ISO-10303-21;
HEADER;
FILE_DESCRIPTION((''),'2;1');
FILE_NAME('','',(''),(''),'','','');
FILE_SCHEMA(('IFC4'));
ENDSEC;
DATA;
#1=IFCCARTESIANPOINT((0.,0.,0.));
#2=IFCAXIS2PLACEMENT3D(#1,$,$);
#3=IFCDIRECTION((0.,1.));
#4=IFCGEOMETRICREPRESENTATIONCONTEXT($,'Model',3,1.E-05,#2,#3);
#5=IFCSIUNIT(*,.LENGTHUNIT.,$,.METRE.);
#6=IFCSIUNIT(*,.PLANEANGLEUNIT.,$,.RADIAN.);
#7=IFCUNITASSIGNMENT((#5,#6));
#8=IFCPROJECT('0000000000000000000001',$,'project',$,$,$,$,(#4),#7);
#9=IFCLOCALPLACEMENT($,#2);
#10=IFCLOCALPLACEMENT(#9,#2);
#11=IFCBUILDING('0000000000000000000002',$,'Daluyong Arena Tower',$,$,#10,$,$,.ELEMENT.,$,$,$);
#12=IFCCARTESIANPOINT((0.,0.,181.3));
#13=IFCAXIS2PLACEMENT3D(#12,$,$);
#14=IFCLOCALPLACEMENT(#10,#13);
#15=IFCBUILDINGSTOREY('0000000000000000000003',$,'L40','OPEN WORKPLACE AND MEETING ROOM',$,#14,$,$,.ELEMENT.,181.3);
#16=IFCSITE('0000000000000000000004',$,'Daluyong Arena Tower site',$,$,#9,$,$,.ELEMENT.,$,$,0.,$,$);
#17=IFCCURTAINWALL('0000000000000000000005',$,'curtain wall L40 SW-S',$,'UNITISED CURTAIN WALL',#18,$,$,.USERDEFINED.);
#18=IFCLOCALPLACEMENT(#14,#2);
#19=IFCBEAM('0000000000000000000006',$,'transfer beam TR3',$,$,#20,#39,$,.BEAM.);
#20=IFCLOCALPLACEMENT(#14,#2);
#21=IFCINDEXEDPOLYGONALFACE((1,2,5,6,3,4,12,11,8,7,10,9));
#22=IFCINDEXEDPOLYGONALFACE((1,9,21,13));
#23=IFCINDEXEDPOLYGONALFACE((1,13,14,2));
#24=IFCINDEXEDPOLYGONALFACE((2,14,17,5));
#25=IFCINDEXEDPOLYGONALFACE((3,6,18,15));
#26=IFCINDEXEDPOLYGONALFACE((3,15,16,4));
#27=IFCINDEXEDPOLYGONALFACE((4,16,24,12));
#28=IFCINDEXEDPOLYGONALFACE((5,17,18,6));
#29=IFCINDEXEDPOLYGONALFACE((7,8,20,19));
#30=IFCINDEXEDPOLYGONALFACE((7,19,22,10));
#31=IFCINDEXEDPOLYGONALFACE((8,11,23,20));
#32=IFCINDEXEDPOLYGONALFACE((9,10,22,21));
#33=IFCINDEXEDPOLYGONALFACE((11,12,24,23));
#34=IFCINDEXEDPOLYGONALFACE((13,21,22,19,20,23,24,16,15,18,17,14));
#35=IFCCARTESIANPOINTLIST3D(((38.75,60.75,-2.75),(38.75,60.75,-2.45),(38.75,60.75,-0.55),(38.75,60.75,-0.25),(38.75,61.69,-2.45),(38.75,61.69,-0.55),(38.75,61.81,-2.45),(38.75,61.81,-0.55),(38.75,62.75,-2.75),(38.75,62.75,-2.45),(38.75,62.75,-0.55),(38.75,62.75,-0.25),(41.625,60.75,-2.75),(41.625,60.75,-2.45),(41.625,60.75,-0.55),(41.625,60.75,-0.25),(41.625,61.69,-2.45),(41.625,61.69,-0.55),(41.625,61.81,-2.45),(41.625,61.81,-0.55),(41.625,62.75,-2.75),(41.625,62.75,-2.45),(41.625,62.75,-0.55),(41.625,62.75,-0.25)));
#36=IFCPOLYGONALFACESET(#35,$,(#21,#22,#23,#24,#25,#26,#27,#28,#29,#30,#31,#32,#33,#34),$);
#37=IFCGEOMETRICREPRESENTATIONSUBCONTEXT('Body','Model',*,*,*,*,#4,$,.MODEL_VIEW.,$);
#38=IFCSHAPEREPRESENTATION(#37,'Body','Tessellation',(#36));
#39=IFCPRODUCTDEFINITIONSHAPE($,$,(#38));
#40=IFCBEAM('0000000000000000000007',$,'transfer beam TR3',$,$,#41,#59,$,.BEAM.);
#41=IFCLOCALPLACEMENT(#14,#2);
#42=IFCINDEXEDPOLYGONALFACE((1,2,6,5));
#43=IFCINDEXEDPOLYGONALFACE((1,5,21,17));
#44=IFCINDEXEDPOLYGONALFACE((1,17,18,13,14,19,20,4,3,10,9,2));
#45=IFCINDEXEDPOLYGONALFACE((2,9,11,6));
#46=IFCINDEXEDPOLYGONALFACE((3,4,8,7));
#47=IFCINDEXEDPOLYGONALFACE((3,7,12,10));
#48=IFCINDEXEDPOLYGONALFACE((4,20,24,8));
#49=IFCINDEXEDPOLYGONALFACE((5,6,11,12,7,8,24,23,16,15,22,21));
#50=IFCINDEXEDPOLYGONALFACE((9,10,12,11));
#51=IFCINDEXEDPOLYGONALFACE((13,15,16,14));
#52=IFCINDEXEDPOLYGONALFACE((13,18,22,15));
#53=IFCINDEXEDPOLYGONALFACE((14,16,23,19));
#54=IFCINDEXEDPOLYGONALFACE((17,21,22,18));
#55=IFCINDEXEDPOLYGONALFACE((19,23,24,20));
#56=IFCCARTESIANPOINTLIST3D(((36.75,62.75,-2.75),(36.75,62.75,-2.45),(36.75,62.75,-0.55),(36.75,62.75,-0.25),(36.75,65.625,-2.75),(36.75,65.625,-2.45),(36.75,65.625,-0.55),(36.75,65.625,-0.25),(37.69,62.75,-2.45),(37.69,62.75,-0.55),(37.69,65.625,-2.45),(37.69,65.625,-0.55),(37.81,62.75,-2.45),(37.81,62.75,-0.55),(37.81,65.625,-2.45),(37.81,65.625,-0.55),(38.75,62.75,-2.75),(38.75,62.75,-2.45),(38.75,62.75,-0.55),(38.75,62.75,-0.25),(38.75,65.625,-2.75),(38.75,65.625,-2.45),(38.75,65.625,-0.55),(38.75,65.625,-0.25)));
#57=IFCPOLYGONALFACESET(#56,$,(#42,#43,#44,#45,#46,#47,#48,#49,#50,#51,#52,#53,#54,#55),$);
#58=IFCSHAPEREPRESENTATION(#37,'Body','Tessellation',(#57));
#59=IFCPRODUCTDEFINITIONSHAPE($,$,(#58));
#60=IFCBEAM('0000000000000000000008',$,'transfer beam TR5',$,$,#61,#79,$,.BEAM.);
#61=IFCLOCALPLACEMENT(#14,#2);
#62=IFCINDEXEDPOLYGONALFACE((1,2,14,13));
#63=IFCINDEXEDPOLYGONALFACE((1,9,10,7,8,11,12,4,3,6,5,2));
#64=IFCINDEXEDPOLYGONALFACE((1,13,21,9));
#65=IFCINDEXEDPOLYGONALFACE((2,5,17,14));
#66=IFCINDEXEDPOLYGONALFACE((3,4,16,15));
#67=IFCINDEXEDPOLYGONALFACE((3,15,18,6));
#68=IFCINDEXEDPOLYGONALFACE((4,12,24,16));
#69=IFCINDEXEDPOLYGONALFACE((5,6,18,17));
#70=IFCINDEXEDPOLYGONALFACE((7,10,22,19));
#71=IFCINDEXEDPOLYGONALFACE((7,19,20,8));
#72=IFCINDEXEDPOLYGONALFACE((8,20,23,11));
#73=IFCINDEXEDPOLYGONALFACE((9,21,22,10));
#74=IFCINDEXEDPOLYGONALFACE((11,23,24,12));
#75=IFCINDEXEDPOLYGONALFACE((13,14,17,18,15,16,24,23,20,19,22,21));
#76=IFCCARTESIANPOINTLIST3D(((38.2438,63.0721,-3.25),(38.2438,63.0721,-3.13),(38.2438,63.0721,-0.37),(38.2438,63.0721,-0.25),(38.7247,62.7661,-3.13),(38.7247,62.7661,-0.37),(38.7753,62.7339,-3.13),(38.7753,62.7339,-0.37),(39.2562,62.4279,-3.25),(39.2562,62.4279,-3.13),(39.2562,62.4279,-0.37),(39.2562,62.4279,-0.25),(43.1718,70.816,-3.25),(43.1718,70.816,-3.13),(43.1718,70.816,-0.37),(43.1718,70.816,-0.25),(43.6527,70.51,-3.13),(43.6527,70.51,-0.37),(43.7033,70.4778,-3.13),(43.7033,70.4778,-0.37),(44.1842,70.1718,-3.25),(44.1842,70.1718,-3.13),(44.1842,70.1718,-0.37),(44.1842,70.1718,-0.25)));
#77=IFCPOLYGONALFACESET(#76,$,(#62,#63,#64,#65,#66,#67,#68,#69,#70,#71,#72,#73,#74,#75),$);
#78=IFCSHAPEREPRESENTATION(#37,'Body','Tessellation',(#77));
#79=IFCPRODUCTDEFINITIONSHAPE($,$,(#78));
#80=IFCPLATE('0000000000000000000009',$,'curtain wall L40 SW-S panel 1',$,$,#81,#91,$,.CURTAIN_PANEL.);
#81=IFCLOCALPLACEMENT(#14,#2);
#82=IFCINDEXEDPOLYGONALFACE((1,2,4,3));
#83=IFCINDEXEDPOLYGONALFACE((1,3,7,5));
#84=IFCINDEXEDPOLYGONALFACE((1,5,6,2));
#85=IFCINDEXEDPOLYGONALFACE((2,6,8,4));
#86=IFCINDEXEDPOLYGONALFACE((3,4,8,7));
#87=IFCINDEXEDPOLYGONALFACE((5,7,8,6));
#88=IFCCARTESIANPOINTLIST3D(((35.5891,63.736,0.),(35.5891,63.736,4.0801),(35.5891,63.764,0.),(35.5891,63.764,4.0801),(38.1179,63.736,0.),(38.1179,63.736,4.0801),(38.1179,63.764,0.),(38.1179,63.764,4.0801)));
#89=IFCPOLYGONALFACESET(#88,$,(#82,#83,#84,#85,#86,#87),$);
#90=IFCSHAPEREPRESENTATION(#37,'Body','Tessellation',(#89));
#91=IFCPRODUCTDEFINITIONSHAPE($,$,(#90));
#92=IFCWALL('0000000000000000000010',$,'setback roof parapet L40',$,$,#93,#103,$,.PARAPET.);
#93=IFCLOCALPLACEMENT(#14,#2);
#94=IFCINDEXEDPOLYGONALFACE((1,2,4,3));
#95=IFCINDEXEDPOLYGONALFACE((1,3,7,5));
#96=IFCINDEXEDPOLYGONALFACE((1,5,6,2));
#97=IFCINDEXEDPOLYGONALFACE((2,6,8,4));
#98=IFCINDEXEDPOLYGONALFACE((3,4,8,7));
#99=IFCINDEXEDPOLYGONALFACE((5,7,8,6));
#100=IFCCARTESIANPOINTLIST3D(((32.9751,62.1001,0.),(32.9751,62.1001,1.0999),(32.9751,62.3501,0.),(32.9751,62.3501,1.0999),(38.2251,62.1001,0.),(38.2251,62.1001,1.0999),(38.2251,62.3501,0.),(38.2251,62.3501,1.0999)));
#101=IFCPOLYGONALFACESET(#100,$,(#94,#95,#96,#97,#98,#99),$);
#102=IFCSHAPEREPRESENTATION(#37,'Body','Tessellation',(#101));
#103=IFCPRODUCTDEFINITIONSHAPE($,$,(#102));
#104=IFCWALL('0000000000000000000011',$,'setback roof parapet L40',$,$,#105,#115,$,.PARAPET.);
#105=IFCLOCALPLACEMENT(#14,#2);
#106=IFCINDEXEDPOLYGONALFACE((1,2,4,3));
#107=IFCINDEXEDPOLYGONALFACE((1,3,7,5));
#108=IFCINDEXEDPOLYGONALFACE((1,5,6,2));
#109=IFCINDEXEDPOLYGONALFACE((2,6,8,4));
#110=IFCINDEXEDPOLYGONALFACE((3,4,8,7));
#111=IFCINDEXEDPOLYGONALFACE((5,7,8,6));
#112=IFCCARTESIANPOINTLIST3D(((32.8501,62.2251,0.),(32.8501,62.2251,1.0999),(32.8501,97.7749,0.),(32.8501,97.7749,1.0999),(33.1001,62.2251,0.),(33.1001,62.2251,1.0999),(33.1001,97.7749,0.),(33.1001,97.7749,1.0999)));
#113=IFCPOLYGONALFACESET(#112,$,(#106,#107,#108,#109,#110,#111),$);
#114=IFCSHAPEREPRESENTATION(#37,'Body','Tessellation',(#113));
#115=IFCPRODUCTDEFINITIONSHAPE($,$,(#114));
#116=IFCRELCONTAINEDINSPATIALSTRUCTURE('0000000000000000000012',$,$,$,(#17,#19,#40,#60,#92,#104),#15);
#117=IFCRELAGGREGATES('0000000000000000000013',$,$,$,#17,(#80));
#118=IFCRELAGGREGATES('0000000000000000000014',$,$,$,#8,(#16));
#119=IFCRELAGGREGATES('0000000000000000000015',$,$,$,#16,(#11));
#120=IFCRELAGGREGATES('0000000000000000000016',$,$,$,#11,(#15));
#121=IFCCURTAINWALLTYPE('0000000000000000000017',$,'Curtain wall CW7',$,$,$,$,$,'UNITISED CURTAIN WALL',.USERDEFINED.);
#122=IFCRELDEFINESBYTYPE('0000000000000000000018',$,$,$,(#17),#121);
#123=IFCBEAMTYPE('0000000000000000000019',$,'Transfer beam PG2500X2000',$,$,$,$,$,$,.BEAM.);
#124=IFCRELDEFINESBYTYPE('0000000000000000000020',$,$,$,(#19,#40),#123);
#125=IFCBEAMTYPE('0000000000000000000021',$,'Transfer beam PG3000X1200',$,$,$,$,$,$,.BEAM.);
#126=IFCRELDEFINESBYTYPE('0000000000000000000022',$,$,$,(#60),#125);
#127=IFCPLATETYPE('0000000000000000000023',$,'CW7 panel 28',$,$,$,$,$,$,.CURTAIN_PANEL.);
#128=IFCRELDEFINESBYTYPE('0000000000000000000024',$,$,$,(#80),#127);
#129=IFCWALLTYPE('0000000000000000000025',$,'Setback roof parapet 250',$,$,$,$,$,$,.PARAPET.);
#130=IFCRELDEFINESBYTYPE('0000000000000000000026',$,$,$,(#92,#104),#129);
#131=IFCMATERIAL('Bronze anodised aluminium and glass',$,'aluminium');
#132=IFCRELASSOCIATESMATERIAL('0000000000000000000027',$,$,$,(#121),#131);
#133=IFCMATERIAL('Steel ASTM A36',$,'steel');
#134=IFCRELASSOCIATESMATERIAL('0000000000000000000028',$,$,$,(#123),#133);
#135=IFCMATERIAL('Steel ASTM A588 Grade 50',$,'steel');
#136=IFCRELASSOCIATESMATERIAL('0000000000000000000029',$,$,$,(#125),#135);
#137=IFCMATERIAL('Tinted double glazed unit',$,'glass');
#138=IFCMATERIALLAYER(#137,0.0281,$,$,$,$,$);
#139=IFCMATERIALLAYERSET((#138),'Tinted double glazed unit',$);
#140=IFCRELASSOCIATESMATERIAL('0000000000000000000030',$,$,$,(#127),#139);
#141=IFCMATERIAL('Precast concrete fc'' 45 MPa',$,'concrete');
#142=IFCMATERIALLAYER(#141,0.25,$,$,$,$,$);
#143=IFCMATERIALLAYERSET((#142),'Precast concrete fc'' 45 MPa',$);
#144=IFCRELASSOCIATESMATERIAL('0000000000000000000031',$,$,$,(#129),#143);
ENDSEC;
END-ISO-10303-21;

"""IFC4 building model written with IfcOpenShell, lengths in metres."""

from ifc_helpers import new_model, si_unit, direction, frame, frame_2d, origin, origin_2d, place, context, subcontext, project, spatial, rectangle, i_section, extrude, material, layer, layer_set, material_profile, profile_set, type_object, element, aggregate, save


model = new_model("IFC4")

# Units and contexts
model_context = context("Model", 3, precision=1e-05, world=origin(), true_north=direction((0.0, 1.0)))
body_context = subcontext(model_context, "Body", "Model", "MODEL_VIEW")
ifc_project = project(units=[si_unit("LENGTHUNIT", "METRE"), si_unit("PLANEANGLEUNIT", "RADIAN")], contexts=[model_context])

# Site, building, storey
site_placement = place(None, origin())
site = spatial("IfcSite", under=ifc_project, at=site_placement, Name="Daluyong Arena Tower site", CompositionType="ELEMENT", RefElevation=0.0)
building_placement = place(site_placement, origin())
building = spatial("IfcBuilding", under=site, at=building_placement, Name="Daluyong Arena Tower", CompositionType="ELEMENT")
storey_placement = place(building_placement, frame((0.0, 0.0, 181.3)))
storey = spatial("IfcBuildingStorey", under=building, at=storey_placement, Name="L40", Description="OPEN WORKPLACE AND MEETING ROOM", CompositionType="ELEMENT", Elevation=181.3)

# Curtain wall
ifc_material_1 = material(Name="Bronze anodised aluminium and glass", Category="aluminium")
curtain_wall_type_1 = type_object("IfcCurtainWallType", Name="Curtain wall CW7", ElementType="UNITISED CURTAIN WALL", PredefinedType="USERDEFINED", material=ifc_material_1)
curtain_wall_1_placement = place(storey_placement, origin())
curtain_wall_1 = element("IfcCurtainWall", 1, at=curtain_wall_1_placement, inside=storey, type_object=curtain_wall_type_1, Name="curtain wall L40 SW-S", ObjectType="UNITISED CURTAIN WALL", PredefinedType="USERDEFINED")

# Beams
ifc_material_2 = material(Name="Steel ASTM A36", Category="steel")
ifc_material_profile_1 = material_profile(ifc_material_2, i_section(OverallWidth=2.0, OverallDepth=2.5, WebThickness=0.12, FlangeThickness=0.3, at=origin_2d()))
ifc_profile_set_1 = profile_set([ifc_material_profile_1], Name="Steel ASTM A36")
beam_type_1 = type_object("IfcBeamType", Name="Transfer beam PG2500X2000", PredefinedType="BEAM", material=ifc_profile_set_1)
for number, where, z_axis, x_axis, name in (
    (2, (38.75, 61.75, -1.5), (1.0, 0.0, 0.0), (0.0, 1.0, 0.0), "transfer beam TR3"),
    (3, (37.75, 62.75, -1.5), (0.0, 1.0, 0.0), (-1.0, 0.0, 0.0), "transfer beam TR3"),
):
    element("IfcBeam", number, at=place(storey_placement, frame(where, z_axis=z_axis, x_axis=x_axis)), inside=storey, type_object=beam_type_1, Name=name, PredefinedType="BEAM", context=body_context, shape_type="SweptSolid", body=[
        extrude(i_section(OverallWidth=2.0, OverallDepth=2.5, WebThickness=0.12, FlangeThickness=0.3, at=origin_2d()), origin(), (0.0, 0.0, 1.0), 2.875),
    ])
ifc_material_3 = material(Name="Steel ASTM A588 Grade 50", Category="steel")
ifc_material_profile_2 = material_profile(ifc_material_3, i_section(OverallWidth=1.2, OverallDepth=3.0, WebThickness=0.06, FlangeThickness=0.12, at=origin_2d()))
ifc_profile_set_2 = profile_set([ifc_material_profile_2], Name="Steel ASTM A588 Grade 50")
beam_type_2 = type_object("IfcBeamType", Name="Transfer beam PG3000X1200", PredefinedType="BEAM", material=ifc_profile_set_2)
beam_1_placement = place(storey_placement, frame((38.75, 62.75, -1.75), z_axis=(0.536879, 0.843659, 0.0), x_axis=(-0.843659, 0.536879, 0.0)))
element("IfcBeam", 4, at=beam_1_placement, inside=storey, type_object=beam_type_2, Name="transfer beam TR5", PredefinedType="BEAM", context=body_context, shape_type="SweptSolid", body=[
    extrude(i_section(OverallWidth=1.2, OverallDepth=3.0, WebThickness=0.06, FlangeThickness=0.12, at=origin_2d()), origin(), (0.0, 0.0, 1.0), 9.179),
])

# Plate
ifc_material_4 = material(Name="Tinted double glazed unit", Category="glass")
ifc_layer_1 = layer(ifc_material_4, 0.0281)
ifc_layer_set_1 = layer_set([ifc_layer_1], Name="Tinted double glazed unit")
plate_type = type_object("IfcPlateType", Name="CW7 panel 28", PredefinedType="CURTAIN_PANEL", material=ifc_layer_set_1)
plate_placement = place(storey_placement, frame((36.8535, 63.75, 0.0), z_axis=(0.0, 0.0, 1.0), x_axis=(1.0, 0.0, 0.0)))
plate = element("IfcPlate", 5, at=plate_placement, type_object=plate_type, Name="curtain wall L40 SW-S panel 1", PredefinedType="CURTAIN_PANEL", context=body_context, shape_type="SweptSolid", body=[
    extrude(rectangle(XDim=2.5288, YDim=0.0281, at=origin_2d()), origin(), (0.0, 0.0, 1.0), 4.0801),
])
aggregate(curtain_wall_1, [plate])

# Walls
ifc_material_5 = material(Name="Precast concrete fc' 45 MPa", Category="concrete")
ifc_layer_2 = layer(ifc_material_5, 0.25)
ifc_layer_set_2 = layer_set([ifc_layer_2], Name="Precast concrete fc' 45 MPa")
wall_type = type_object("IfcWallType", Name="Setback roof parapet 250", PredefinedType="PARAPET", material=ifc_layer_set_2)
wall_1_placement = place(storey_placement, frame((38.2251, 62.2251, 0.0), z_axis=(0.0, 0.0, 1.0), x_axis=(-1.0, 0.0, 0.0)))
element("IfcWall", 6, at=wall_1_placement, inside=storey, type_object=wall_type, Name="setback roof parapet L40", PredefinedType="PARAPET", context=body_context, shape_type="SweptSolid", body=[
    extrude(rectangle(XDim=5.25, YDim=0.25, at=frame_2d((2.625, 0.0))), origin(), (0.0, 0.0, 1.0), 1.0999),
])
wall_2_placement = place(storey_placement, frame((32.9751, 62.2251, 0.0), z_axis=(0.0, 0.0, 1.0), x_axis=(0.0, 1.0, 0.0)))
element("IfcWall", 7, at=wall_2_placement, inside=storey, type_object=wall_type, Name="setback roof parapet L40", PredefinedType="PARAPET", context=body_context, shape_type="SweptSolid", body=[
    extrude(rectangle(XDim=35.5498, YDim=0.25, at=frame_2d((17.7749, 0.0))), origin(), (0.0, 0.0, 1.0), 1.0999),
])

save(model, "model.ifc")
